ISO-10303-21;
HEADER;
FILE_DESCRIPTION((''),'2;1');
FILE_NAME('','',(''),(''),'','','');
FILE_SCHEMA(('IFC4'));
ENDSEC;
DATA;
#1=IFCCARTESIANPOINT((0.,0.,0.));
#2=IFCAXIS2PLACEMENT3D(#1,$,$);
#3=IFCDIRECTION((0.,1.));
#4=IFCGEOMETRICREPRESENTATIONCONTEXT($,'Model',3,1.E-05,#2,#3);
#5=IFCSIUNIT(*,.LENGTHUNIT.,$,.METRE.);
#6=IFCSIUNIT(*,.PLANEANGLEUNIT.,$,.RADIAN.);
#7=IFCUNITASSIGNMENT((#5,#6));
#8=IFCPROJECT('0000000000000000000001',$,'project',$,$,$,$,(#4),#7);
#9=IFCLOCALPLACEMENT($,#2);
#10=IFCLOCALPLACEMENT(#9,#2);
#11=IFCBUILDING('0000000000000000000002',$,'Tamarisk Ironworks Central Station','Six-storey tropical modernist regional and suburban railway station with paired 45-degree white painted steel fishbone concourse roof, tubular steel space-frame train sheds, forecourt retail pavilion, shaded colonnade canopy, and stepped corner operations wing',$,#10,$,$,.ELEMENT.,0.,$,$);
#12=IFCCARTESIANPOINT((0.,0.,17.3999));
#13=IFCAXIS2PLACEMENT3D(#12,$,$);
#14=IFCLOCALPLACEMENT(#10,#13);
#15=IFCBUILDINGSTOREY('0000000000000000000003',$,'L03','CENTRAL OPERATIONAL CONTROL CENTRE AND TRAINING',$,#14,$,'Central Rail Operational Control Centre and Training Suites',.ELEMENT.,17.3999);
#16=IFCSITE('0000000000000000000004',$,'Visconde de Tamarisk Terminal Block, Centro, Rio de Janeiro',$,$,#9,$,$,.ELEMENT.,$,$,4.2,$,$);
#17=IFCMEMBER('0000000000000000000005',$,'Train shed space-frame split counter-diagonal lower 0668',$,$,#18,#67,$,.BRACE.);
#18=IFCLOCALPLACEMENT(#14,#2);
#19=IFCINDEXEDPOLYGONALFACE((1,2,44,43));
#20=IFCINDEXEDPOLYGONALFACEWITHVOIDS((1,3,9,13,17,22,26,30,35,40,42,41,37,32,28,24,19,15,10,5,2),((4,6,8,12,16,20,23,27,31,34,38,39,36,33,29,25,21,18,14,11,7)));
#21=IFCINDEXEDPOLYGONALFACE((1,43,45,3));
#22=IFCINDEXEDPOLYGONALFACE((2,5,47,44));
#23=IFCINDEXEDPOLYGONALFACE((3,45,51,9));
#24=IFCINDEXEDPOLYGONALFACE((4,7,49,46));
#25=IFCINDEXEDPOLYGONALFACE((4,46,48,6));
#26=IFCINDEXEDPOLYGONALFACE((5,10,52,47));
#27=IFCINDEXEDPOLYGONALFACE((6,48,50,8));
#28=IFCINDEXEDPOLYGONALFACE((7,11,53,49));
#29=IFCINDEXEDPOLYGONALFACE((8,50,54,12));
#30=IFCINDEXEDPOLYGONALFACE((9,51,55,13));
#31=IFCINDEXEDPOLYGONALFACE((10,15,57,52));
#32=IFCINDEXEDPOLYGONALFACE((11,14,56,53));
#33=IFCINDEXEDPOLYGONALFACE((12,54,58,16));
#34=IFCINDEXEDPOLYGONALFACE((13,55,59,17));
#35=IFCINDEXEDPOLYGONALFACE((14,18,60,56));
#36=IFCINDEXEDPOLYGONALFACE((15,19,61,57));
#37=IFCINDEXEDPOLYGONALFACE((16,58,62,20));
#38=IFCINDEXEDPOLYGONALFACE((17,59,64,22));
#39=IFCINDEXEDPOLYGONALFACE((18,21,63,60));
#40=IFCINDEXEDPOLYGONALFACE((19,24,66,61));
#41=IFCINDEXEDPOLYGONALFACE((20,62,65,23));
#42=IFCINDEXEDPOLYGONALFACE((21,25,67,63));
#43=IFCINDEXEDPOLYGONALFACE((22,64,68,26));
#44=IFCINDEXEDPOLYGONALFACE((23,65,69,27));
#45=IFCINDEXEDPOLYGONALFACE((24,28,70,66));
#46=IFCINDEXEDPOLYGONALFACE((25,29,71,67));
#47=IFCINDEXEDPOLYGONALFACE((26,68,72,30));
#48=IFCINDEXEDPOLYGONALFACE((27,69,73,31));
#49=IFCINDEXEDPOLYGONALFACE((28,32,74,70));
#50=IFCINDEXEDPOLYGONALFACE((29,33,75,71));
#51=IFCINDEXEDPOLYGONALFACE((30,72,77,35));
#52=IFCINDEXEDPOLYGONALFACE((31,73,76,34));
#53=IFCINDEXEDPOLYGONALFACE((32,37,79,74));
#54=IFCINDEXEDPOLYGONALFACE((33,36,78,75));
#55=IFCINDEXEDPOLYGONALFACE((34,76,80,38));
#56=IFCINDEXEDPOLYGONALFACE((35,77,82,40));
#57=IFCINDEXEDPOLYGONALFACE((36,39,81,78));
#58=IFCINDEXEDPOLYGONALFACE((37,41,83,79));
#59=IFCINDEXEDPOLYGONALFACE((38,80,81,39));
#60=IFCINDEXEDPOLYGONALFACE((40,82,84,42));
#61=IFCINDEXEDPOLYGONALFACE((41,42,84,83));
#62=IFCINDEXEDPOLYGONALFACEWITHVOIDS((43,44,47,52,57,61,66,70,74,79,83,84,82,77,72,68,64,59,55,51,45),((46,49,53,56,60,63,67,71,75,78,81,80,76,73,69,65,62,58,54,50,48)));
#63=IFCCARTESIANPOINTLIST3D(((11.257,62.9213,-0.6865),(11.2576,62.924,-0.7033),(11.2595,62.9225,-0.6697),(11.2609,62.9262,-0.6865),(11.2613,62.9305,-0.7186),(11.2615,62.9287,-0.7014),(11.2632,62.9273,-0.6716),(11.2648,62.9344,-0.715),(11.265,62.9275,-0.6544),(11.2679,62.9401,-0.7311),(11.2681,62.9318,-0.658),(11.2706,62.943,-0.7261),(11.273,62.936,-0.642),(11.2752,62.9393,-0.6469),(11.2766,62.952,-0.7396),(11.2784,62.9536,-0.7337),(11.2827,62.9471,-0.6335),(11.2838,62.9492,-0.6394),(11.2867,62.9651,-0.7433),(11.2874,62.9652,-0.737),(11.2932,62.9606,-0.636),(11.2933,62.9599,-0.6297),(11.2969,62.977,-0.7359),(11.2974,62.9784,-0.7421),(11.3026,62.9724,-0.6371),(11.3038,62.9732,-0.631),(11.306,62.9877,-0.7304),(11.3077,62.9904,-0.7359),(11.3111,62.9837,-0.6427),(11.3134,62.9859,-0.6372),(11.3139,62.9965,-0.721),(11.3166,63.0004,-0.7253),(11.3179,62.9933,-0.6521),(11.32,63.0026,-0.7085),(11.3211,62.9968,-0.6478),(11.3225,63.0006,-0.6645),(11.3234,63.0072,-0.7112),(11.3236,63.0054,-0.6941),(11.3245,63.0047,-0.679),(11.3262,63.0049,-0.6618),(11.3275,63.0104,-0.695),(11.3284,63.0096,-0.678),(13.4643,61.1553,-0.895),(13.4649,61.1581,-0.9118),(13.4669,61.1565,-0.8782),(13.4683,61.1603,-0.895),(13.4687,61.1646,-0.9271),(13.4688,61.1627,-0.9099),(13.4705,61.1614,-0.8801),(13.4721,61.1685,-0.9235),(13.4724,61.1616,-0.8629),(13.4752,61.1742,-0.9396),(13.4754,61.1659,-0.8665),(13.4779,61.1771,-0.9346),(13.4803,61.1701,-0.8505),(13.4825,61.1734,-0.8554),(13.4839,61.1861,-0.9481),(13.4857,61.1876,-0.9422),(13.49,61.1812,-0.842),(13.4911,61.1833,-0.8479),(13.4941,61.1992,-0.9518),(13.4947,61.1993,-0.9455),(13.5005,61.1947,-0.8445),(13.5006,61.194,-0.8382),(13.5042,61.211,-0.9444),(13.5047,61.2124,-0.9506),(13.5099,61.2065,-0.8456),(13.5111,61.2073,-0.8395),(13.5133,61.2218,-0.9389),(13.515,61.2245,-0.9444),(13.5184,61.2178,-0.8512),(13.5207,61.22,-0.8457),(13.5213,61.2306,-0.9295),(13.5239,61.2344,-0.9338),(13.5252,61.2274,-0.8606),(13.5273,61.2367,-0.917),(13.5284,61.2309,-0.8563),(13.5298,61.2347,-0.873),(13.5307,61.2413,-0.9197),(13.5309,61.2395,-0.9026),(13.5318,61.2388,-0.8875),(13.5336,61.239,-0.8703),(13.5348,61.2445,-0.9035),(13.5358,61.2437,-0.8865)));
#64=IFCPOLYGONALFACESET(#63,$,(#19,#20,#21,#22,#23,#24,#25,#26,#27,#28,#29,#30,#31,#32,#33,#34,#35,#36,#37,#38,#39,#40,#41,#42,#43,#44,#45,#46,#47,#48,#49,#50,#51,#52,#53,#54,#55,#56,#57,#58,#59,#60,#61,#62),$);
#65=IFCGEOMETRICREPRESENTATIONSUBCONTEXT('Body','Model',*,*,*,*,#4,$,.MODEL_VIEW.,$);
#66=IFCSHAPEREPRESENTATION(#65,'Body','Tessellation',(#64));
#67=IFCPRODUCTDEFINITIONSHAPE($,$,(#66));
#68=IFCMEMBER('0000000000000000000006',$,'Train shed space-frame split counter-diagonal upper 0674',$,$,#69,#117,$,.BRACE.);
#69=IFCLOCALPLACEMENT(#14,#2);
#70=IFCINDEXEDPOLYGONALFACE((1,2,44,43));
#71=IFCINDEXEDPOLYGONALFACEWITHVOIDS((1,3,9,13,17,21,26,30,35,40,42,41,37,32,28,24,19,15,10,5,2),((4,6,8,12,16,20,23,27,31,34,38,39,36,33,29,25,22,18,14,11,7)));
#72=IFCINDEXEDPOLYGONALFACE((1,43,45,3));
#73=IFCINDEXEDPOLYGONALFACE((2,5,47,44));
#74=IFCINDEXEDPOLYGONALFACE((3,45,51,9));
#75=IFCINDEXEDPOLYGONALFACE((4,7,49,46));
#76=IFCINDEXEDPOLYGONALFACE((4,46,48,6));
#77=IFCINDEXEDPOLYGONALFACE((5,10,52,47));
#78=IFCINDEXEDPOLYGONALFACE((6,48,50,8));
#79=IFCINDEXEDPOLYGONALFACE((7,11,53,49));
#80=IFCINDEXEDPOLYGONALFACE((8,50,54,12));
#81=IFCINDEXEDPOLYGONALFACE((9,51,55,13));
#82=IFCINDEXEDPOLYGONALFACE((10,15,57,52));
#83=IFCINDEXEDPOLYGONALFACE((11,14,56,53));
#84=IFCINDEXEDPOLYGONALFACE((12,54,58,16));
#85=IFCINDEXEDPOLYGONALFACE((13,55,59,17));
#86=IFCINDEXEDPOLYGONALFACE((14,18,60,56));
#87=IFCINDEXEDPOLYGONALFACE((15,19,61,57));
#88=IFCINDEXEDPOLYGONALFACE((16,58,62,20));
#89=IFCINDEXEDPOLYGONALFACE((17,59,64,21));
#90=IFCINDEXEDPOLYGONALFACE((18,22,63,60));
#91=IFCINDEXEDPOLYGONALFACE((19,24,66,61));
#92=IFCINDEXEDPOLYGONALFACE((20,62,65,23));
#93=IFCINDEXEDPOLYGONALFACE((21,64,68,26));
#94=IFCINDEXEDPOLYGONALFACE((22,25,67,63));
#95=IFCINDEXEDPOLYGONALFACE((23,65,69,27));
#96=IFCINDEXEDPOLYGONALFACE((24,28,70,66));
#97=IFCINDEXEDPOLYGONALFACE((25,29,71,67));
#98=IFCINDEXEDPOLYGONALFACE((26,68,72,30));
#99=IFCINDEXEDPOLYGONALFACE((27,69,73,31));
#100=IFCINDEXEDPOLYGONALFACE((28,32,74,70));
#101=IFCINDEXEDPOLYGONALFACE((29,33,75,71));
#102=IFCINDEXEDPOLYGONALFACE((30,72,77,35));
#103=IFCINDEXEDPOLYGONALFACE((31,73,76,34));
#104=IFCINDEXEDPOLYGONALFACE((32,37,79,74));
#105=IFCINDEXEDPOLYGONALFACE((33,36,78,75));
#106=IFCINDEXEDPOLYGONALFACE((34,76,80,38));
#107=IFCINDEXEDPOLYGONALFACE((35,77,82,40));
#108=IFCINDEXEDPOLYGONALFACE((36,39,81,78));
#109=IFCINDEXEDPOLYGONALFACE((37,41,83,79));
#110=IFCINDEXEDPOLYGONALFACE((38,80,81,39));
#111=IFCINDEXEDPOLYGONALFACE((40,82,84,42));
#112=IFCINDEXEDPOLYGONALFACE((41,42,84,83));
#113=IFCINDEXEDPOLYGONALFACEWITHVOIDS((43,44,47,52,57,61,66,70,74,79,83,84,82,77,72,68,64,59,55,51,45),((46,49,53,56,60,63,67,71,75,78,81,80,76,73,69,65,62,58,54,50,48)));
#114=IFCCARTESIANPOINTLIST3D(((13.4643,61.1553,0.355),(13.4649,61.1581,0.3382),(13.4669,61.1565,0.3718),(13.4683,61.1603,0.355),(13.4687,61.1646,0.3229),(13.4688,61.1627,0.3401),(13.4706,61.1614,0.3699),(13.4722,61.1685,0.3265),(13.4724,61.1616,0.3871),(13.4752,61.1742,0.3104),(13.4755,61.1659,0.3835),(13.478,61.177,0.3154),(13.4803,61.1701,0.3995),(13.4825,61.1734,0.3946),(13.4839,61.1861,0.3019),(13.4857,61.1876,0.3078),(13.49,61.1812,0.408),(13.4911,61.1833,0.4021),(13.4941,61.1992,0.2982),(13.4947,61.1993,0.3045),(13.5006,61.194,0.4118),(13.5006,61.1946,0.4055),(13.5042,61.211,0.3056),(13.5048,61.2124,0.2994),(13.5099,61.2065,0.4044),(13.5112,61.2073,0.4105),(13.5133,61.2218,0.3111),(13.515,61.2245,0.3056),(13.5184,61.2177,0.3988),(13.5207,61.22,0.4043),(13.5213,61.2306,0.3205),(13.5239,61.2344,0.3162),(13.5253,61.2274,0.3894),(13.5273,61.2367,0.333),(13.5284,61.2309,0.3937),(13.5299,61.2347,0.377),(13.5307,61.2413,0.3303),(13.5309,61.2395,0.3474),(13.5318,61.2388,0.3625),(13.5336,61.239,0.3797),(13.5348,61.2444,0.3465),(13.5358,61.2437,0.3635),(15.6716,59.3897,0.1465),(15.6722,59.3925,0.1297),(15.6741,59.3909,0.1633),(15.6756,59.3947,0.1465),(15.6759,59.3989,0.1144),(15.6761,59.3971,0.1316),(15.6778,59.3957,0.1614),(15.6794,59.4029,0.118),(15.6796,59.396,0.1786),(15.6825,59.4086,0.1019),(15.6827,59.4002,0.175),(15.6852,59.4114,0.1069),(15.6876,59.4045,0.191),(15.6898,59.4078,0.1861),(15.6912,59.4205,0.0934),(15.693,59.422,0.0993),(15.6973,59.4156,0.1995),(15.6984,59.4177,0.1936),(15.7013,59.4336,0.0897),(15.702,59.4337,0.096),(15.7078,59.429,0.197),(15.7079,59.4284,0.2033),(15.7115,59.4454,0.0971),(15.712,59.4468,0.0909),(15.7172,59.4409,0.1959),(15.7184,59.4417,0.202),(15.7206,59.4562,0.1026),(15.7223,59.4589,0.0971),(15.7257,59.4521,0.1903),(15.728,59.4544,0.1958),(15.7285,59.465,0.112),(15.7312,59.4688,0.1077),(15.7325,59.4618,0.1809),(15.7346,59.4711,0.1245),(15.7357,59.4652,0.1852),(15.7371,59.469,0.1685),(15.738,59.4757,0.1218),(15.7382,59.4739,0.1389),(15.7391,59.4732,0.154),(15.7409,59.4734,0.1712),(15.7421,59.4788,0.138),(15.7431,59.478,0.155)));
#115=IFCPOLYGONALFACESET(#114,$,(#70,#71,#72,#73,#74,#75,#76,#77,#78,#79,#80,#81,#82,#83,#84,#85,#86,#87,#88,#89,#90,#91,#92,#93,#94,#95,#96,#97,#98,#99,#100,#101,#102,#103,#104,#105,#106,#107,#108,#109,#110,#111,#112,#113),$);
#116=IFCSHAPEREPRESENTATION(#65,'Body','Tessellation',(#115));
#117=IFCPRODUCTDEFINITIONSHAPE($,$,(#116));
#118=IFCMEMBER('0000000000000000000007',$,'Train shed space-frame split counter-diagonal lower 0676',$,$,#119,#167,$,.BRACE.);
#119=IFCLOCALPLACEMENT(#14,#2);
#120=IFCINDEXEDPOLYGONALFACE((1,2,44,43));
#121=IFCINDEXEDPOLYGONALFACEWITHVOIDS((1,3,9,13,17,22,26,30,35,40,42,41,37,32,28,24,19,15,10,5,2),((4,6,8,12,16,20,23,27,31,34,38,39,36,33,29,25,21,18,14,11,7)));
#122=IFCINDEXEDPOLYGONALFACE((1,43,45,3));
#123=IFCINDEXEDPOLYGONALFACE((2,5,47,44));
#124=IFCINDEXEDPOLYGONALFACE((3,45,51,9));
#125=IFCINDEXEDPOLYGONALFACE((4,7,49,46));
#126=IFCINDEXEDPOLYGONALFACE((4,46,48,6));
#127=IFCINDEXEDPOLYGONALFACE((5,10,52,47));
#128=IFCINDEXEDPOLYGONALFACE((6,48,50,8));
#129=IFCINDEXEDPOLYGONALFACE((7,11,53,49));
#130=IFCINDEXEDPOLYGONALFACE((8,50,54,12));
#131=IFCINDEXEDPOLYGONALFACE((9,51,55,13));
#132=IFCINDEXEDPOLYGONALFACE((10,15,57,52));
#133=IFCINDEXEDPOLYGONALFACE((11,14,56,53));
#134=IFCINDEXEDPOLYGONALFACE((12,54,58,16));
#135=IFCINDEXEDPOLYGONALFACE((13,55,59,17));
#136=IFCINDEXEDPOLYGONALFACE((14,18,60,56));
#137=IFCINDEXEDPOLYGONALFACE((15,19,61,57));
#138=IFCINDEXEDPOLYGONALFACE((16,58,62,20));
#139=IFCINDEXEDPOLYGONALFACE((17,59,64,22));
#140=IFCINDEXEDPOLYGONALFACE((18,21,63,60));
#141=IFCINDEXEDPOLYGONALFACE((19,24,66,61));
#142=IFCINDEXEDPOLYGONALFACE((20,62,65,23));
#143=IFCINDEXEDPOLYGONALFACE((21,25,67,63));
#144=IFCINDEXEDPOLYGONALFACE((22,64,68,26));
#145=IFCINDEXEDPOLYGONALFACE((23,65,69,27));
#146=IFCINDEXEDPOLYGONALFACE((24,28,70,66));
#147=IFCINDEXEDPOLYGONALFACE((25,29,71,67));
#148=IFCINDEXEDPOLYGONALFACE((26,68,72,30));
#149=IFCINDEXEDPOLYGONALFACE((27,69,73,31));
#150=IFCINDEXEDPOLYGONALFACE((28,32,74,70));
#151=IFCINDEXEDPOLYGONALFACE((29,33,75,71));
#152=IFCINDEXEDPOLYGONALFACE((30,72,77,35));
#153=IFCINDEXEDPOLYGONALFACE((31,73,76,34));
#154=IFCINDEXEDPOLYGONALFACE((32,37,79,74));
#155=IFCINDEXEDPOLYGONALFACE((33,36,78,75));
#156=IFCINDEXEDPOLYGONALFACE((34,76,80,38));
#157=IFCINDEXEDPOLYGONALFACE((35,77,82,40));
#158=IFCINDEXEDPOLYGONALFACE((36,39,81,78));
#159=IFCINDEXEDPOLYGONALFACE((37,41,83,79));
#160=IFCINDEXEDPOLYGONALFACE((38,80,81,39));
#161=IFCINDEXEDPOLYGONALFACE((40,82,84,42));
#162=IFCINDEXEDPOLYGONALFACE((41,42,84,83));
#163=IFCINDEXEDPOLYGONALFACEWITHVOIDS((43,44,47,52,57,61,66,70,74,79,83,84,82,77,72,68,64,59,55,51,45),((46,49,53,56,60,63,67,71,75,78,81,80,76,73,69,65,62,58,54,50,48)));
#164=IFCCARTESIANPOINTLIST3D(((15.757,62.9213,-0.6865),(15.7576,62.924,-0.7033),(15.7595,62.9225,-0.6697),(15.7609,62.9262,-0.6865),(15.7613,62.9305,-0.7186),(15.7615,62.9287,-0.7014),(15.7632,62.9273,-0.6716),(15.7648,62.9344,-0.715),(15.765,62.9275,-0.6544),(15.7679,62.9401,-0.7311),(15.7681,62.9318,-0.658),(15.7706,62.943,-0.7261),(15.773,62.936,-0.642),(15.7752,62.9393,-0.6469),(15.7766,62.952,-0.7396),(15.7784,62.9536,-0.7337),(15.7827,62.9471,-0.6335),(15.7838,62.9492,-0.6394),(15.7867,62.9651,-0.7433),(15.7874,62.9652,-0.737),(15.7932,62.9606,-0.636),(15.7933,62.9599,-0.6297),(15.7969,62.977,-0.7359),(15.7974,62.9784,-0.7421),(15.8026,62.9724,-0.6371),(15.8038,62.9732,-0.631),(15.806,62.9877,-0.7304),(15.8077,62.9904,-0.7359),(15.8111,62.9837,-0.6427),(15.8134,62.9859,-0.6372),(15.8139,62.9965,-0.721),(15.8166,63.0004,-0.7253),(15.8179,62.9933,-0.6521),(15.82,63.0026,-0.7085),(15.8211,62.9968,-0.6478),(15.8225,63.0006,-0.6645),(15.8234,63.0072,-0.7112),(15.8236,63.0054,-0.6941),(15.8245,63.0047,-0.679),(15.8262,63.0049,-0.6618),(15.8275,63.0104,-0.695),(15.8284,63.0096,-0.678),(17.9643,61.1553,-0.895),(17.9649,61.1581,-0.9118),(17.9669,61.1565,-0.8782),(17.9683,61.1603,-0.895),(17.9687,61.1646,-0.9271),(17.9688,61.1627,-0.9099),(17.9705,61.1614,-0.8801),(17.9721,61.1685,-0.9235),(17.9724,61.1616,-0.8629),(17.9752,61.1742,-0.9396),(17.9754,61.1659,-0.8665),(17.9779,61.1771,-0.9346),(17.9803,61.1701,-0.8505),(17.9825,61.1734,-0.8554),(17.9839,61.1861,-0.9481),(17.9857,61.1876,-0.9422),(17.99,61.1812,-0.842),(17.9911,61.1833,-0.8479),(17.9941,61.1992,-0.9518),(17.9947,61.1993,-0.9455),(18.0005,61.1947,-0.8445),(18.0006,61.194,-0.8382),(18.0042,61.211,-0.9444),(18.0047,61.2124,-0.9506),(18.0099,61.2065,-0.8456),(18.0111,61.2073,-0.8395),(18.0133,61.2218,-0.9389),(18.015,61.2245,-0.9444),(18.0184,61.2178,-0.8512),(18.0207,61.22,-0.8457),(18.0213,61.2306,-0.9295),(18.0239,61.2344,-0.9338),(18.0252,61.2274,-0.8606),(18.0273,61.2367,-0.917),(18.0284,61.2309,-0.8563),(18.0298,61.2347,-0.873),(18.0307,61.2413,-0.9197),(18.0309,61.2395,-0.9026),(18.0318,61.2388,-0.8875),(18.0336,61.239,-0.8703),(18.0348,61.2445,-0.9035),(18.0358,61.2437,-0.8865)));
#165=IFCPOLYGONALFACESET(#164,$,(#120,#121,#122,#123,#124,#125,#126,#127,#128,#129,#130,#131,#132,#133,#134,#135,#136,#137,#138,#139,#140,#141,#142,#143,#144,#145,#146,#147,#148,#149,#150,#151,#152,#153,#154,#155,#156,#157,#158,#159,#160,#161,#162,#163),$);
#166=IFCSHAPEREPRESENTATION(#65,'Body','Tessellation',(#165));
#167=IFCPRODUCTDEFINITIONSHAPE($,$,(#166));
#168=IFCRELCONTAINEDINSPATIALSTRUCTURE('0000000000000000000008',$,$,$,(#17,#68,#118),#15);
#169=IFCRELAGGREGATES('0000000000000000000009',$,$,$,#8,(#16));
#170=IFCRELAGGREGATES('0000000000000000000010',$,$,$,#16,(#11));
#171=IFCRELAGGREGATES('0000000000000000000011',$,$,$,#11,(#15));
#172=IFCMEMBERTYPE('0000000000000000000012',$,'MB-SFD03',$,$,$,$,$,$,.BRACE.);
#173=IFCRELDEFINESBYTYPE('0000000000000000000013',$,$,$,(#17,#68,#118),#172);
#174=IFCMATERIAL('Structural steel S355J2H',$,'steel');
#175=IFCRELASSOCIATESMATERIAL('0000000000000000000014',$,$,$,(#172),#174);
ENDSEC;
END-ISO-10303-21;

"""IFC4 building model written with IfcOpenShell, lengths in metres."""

from ifc_helpers import new_model, si_unit, direction, frame, origin, origin_2d, place, context, subcontext, project, spatial, hollow_circle, extrude, material, material_profile, profile_set, type_object, element, save


model = new_model("IFC4")

# Units and contexts
model_context = context("Model", 3, precision=1e-05, world=origin(), true_north=direction((0.0, 1.0)))
body_context = subcontext(model_context, "Body", "Model", "MODEL_VIEW")
ifc_project = project(units=[si_unit("LENGTHUNIT", "METRE"), si_unit("PLANEANGLEUNIT", "RADIAN")], contexts=[model_context])

# Site, building, storey
site_placement = place(None, origin())
site = spatial("IfcSite", under=ifc_project, at=site_placement, Name="Visconde de Tamarisk Terminal Block, Centro, Rio de Janeiro", CompositionType="ELEMENT", RefElevation=4.2)
building_placement = place(site_placement, origin())
building = spatial("IfcBuilding", under=site, at=building_placement, Name="Tamarisk Ironworks Central Station", Description="Six-storey tropical modernist regional and suburban railway station with paired 45-degree white painted steel fishbone concourse roof, tubular steel space-frame train sheds, forecourt retail pavilion, shaded colonnade canopy, and stepped corner operations wing", CompositionType="ELEMENT", ElevationOfRefHeight=0.0)
storey_placement = place(building_placement, frame((0.0, 0.0, 17.3999)))
storey = spatial("IfcBuildingStorey", under=building, at=storey_placement, Name="L03", Description="CENTRAL OPERATIONAL CONTROL CENTRE AND TRAINING", LongName="Central Rail Operational Control Centre and Training Suites", CompositionType="ELEMENT", Elevation=17.3999)

# Members
ifc_material_1 = material(Name="Structural steel S355J2H", Category="steel")
ifc_material_profile_1 = material_profile(ifc_material_1, hollow_circle(Radius=0.0571, WallThickness=0.0063, at=origin_2d()), Name="CHS 114.3x6.3")
ifc_profile_set_1 = profile_set([ifc_material_profile_1], Name="Structural steel S355J2H")
member_type_1 = type_object("IfcMemberType", Name="MB-SFD03", PredefinedType="BRACE", material=ifc_profile_set_1)
member_1_placement = place(storey_placement, frame((13.5, 61.2, -0.895), z_axis=(-0.778745, 0.623013, 0.073559), x_axis=(-0.624706, -0.78086, 0.0)))
element("IfcMember", 1, at=member_1_placement, inside=storey, type_object=member_type_1, Name="Train shed space-frame split counter-diagonal lower 0668", PredefinedType="BRACE", context=body_context, shape_type="SweptSolid", body=[
    extrude(hollow_circle(Radius=0.0571, WallThickness=0.0063, at=origin_2d()), origin(), (0.0, 0.0, 1.0), 2.8345),
])
member_2_placement = place(storey_placement, frame((15.7073, 59.4343, 0.1465), z_axis=(-0.778787, 0.62296, 0.073563), x_axis=(-0.624653, -0.780903, 0.0)))
element("IfcMember", 2, at=member_2_placement, inside=storey, type_object=member_type_1, Name="Train shed space-frame split counter-diagonal upper 0674", PredefinedType="BRACE", context=body_context, shape_type="SweptSolid", body=[
    extrude(hollow_circle(Radius=0.0571, WallThickness=0.0063, at=origin_2d()), origin(), (0.0, 0.0, 1.0), 2.8342),
])
for number, where, z_axis, x_axis, name in (
    (3, (18.0, 61.2, -0.895), (-0.778745, 0.623013, 0.073559), (-0.624706, -0.78086, 0.0), "Train shed space-frame split counter-diagonal lower 0676"),
):
    element("IfcMember", number, at=place(storey_placement, frame(where, z_axis=z_axis, x_axis=x_axis)), inside=storey, type_object=member_type_1, Name=name, PredefinedType="BRACE", context=body_context, shape_type="SweptSolid", body=[
        extrude(hollow_circle(Radius=0.0571, WallThickness=0.0063, at=origin_2d()), origin(), (0.0, 0.0, 1.0), 2.8345),
    ])

save(model, "model.ifc")
